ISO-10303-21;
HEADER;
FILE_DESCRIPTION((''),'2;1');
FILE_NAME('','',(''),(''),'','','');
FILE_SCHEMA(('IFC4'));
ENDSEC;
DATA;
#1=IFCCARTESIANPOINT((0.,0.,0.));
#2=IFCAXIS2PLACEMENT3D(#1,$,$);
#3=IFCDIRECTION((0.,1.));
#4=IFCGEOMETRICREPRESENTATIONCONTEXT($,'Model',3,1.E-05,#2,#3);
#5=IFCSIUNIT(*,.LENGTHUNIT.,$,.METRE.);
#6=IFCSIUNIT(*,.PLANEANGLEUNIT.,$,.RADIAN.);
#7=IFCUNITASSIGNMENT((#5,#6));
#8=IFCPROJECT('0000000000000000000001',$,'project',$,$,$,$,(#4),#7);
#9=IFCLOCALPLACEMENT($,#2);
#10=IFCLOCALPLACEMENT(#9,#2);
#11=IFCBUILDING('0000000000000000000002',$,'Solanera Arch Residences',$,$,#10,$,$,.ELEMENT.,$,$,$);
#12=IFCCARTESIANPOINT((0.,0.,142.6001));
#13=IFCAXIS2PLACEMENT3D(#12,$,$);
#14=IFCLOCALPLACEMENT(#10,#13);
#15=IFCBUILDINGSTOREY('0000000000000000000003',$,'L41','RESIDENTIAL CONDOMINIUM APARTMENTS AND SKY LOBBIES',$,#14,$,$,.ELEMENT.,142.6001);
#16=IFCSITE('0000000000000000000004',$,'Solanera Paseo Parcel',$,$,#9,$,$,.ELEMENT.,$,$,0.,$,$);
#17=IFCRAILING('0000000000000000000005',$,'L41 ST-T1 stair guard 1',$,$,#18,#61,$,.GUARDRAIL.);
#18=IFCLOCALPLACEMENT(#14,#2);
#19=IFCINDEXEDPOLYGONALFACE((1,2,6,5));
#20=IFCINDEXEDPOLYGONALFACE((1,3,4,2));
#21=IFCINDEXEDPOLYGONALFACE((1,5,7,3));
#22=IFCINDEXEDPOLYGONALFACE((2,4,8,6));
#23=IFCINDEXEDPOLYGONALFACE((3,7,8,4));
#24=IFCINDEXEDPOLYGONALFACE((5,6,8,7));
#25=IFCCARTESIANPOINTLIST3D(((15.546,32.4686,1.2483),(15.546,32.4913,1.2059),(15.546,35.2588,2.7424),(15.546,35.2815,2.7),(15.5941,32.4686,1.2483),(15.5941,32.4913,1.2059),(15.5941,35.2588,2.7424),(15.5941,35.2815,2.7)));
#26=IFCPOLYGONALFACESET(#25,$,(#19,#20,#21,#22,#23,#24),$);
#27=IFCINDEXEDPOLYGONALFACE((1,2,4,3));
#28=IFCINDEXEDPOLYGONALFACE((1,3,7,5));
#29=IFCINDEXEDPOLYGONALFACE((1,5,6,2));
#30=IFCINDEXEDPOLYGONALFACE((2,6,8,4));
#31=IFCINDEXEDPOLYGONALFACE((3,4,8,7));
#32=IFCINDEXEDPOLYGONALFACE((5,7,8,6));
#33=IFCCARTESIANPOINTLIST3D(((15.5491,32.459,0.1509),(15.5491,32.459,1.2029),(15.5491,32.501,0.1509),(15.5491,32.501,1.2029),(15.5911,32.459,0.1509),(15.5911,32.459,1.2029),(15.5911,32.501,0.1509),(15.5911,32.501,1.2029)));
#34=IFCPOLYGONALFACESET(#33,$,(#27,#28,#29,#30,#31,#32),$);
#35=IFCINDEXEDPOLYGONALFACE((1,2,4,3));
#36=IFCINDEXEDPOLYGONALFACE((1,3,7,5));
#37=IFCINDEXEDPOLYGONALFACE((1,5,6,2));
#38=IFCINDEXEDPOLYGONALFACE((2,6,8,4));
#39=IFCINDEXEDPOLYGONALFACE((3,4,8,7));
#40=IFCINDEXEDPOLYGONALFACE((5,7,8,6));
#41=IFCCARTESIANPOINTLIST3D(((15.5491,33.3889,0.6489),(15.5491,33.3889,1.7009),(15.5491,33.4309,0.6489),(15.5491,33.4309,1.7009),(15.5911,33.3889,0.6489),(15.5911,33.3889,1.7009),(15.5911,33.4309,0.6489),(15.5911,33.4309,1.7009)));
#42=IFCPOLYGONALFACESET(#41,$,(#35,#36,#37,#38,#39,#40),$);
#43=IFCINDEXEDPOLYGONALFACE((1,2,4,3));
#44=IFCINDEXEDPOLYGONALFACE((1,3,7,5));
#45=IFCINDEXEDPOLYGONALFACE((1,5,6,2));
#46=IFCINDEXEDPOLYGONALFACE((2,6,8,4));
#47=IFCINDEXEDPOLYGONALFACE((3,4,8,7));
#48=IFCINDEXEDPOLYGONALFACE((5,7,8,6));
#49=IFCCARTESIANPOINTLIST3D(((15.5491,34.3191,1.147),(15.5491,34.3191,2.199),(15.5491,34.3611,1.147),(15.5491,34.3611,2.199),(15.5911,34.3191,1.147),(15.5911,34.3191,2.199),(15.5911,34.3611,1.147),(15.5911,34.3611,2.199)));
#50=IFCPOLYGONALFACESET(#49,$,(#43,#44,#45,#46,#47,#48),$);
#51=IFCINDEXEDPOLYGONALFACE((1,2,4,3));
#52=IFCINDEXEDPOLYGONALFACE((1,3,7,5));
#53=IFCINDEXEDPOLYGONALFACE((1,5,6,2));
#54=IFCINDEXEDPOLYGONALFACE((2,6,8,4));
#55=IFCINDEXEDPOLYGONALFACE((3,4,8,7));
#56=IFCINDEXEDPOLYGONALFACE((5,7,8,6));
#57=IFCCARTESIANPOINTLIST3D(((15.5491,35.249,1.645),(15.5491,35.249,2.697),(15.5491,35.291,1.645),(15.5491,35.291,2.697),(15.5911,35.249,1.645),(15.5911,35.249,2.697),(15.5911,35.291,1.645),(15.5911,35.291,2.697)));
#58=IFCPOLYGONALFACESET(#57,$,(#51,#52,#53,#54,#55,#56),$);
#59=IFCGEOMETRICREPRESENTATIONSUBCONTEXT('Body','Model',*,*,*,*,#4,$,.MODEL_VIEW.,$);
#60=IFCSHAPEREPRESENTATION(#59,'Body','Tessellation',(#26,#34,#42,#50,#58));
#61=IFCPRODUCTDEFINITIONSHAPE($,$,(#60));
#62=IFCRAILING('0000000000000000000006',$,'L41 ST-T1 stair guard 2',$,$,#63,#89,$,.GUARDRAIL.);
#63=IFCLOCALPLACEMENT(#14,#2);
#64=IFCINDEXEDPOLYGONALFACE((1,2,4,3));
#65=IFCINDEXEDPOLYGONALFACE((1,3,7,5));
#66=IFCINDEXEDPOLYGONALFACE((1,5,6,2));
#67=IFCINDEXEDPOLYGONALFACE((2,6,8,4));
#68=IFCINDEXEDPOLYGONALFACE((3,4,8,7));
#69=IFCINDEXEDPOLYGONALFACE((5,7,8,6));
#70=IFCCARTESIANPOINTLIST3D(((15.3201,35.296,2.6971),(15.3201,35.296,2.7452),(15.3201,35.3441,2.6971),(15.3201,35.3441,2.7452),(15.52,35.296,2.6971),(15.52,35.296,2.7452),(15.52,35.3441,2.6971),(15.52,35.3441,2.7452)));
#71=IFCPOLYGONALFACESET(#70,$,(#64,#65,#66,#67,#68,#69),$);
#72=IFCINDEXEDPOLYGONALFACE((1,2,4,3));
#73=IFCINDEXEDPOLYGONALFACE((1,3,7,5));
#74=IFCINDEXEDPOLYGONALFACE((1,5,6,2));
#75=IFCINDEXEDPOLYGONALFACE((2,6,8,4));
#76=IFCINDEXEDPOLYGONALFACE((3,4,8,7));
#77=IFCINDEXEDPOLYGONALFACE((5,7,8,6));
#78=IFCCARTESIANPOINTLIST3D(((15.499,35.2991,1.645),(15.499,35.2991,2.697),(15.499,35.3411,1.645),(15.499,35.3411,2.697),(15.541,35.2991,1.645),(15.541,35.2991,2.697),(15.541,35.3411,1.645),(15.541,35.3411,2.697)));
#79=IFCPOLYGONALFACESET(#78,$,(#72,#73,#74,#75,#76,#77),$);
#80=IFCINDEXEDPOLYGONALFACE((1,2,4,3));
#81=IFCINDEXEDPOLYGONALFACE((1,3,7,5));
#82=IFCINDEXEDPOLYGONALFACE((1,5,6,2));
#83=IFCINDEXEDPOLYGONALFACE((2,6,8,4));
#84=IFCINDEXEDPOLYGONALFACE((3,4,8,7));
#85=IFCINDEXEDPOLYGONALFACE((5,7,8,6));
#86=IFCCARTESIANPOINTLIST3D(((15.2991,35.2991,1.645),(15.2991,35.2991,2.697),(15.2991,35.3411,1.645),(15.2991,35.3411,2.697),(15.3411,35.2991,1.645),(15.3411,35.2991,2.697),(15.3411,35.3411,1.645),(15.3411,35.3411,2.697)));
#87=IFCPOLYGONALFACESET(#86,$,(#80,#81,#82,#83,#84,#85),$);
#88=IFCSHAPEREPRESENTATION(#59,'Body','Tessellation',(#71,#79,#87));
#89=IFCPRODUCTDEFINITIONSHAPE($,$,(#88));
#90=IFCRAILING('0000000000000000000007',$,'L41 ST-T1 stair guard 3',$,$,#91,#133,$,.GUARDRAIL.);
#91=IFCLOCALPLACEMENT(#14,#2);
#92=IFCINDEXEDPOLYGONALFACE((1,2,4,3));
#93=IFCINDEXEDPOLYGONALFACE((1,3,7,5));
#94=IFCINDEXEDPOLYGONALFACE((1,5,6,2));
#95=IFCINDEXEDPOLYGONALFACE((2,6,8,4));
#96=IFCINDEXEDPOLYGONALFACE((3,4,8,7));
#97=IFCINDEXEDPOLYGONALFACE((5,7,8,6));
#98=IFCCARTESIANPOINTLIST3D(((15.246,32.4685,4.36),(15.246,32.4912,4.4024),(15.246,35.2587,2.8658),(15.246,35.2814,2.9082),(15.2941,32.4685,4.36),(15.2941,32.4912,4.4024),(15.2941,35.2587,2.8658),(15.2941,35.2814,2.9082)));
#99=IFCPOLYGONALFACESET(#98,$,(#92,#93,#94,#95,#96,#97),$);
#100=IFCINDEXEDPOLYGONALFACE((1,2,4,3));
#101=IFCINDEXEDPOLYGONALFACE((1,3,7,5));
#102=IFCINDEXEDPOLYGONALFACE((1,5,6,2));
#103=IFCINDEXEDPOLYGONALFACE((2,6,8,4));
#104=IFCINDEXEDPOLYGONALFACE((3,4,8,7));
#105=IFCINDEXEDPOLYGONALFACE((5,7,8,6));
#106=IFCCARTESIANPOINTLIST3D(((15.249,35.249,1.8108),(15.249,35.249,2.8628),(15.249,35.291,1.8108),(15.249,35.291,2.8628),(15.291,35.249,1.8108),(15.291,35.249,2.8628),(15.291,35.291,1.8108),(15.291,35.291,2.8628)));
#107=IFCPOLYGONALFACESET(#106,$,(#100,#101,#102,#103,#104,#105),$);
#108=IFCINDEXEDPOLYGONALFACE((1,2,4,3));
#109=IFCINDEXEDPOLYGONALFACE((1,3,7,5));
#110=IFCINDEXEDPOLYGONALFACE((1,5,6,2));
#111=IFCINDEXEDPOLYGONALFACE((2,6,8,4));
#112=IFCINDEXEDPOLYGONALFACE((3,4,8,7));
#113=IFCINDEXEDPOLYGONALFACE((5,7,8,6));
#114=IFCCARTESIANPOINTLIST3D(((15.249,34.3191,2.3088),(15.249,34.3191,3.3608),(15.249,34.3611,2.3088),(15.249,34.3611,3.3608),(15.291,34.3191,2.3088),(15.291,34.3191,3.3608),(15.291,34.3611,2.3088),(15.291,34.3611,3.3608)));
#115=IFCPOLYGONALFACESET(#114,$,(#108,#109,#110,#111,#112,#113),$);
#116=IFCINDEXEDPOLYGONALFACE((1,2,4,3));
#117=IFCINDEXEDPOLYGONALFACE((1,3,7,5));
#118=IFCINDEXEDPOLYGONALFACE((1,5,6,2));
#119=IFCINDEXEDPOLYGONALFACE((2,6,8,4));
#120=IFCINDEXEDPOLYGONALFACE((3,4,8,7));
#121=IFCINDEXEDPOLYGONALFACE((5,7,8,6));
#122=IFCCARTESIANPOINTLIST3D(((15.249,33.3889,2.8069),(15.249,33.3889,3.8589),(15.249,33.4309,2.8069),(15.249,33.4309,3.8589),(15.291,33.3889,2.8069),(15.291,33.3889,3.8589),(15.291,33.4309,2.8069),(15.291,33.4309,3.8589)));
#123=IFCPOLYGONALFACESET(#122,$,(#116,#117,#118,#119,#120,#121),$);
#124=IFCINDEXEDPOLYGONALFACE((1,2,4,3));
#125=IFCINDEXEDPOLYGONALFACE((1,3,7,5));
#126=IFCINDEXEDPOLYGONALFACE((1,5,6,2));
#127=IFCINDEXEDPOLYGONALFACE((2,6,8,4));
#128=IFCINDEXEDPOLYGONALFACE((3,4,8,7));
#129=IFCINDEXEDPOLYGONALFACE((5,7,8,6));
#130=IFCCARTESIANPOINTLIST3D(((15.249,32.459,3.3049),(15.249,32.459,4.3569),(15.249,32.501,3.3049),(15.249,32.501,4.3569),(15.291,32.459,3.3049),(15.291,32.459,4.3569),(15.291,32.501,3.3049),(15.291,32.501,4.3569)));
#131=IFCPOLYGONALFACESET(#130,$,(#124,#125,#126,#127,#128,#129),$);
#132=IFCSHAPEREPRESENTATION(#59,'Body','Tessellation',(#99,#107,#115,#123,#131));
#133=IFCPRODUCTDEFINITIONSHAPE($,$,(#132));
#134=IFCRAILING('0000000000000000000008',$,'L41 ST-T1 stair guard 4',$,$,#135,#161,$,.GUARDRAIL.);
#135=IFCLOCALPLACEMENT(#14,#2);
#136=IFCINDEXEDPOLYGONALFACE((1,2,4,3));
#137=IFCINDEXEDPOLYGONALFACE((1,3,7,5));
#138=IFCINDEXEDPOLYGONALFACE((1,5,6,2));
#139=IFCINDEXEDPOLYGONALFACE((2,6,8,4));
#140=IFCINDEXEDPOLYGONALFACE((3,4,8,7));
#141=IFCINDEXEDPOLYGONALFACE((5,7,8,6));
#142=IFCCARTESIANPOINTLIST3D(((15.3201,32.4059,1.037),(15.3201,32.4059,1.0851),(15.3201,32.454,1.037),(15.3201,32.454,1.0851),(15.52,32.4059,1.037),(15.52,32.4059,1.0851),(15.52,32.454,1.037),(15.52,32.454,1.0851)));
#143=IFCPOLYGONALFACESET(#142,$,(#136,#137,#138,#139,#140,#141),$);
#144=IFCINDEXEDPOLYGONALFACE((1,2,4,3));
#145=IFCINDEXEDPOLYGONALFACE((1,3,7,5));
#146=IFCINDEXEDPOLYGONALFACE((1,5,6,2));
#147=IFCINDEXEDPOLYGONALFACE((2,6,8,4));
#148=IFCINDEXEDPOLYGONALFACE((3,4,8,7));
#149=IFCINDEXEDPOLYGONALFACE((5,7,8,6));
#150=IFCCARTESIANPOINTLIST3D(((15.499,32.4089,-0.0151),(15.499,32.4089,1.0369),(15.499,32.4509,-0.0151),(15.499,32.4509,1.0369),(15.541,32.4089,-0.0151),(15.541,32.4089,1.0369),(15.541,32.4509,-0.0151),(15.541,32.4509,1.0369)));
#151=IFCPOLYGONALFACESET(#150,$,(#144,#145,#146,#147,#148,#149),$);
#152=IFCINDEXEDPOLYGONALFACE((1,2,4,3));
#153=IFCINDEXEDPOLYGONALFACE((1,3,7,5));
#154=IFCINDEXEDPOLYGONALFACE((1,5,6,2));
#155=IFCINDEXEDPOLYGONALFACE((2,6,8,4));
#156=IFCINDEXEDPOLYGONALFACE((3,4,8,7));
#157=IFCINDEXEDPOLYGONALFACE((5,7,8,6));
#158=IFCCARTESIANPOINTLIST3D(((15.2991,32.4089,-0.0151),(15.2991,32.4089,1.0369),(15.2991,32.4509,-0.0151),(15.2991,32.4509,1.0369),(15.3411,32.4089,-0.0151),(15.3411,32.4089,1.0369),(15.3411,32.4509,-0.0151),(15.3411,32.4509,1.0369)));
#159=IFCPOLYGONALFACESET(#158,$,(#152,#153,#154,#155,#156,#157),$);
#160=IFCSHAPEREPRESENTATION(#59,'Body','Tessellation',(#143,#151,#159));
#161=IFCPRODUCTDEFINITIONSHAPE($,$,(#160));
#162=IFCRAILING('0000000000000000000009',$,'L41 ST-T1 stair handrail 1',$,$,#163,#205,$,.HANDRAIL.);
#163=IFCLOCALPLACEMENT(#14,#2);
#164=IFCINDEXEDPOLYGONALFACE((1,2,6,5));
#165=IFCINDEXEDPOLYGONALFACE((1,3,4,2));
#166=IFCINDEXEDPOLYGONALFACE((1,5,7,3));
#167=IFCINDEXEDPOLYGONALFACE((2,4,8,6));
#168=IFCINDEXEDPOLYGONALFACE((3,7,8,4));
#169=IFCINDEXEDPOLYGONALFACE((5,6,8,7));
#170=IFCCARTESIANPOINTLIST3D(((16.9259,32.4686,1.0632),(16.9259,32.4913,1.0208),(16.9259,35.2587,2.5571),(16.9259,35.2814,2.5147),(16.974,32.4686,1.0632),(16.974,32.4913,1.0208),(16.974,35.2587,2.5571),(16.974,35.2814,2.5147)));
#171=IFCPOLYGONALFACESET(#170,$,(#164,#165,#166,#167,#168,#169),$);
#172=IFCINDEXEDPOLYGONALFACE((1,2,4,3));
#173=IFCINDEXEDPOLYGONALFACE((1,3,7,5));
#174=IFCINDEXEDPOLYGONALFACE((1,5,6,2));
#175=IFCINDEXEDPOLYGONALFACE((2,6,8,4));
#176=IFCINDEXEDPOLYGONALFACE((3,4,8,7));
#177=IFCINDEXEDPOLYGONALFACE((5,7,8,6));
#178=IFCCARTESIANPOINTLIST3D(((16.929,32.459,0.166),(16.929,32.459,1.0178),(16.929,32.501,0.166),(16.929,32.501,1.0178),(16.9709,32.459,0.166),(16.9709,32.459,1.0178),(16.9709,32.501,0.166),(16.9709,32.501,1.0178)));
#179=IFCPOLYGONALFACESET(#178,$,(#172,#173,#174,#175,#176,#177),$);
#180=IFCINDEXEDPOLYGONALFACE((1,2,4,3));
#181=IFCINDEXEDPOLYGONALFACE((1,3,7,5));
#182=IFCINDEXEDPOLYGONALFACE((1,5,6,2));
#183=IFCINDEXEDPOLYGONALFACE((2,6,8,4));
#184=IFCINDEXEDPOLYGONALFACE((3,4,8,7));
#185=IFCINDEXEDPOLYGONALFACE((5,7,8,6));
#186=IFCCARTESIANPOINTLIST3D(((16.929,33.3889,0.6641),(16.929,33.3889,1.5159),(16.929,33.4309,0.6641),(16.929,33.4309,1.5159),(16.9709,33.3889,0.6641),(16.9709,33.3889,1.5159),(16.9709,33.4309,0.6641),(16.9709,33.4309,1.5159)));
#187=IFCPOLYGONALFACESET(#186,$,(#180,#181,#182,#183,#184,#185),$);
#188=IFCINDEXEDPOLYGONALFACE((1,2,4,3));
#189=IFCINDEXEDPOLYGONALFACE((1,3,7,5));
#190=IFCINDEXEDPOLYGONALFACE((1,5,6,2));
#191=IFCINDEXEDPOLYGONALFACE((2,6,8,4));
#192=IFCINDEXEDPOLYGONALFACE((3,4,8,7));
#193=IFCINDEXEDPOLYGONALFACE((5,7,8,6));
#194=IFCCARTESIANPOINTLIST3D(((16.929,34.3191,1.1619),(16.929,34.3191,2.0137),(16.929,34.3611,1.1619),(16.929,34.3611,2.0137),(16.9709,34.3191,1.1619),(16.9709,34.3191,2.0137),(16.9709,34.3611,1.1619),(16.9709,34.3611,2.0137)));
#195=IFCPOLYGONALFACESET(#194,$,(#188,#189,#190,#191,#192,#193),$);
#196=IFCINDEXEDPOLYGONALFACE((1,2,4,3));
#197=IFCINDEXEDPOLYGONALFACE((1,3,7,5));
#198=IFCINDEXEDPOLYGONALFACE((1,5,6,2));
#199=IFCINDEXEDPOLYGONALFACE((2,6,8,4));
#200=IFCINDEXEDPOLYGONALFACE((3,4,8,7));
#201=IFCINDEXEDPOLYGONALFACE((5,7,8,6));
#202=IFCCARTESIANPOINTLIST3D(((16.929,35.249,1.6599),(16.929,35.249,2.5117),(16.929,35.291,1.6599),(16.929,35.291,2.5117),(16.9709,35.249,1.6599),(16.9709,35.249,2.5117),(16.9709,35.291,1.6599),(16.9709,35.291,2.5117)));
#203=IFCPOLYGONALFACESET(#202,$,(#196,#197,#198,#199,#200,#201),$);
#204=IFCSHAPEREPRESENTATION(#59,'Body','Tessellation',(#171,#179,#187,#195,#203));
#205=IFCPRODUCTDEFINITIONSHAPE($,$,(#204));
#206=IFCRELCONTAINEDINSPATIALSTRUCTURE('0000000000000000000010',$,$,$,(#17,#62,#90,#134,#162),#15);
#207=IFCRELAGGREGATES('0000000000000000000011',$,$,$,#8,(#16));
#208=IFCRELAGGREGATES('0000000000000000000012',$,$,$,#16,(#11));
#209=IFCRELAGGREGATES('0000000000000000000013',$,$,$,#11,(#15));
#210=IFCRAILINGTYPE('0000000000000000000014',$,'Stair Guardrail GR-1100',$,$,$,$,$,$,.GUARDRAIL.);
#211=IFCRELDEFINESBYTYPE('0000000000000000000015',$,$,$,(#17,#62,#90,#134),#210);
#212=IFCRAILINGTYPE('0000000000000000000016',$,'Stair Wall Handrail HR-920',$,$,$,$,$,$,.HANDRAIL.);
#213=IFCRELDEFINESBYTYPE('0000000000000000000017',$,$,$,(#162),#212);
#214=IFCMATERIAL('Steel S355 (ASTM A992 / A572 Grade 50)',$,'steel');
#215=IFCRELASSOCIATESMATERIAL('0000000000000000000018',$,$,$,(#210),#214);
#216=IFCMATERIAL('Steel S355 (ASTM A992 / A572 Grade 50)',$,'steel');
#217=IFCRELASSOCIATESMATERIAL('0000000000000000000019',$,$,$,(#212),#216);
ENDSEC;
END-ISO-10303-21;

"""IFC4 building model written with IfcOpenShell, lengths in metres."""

from ifc_helpers import new_model, si_unit, direction, frame, origin, origin_2d, place, context, subcontext, project, spatial, rectangle, extrude, material, type_object, element, save


model = new_model("IFC4")

# Units and contexts
model_context = context("Model", 3, precision=1e-05, world=origin(), true_north=direction((0.0, 1.0)))
body_context = subcontext(model_context, "Body", "Model", "MODEL_VIEW")
ifc_project = project(units=[si_unit("LENGTHUNIT", "METRE"), si_unit("PLANEANGLEUNIT", "RADIAN")], contexts=[model_context])

# Site, building, storey
site_placement = place(None, origin())
site = spatial("IfcSite", under=ifc_project, at=site_placement, Name="Solanera Paseo Parcel", CompositionType="ELEMENT", RefElevation=0.0)
building_placement = place(site_placement, origin())
building = spatial("IfcBuilding", under=site, at=building_placement, Name="Solanera Arch Residences", CompositionType="ELEMENT")
storey_placement = place(building_placement, frame((0.0, 0.0, 142.6001)))
storey = spatial("IfcBuildingStorey", under=building, at=storey_placement, Name="L41", Description="RESIDENTIAL CONDOMINIUM APARTMENTS AND SKY LOBBIES", CompositionType="ELEMENT", Elevation=142.6001)

# Railings
ifc_material_1 = material(Name="Steel S355 (ASTM A992 / A572 Grade 50)", Category="steel")
railing_type_1 = type_object("IfcRailingType", Name="Stair Guardrail GR-1100", PredefinedType="GUARDRAIL", material=ifc_material_1)
railing_1_placement = place(storey_placement, frame((15.5701, 32.48, 0.1509)))
element("IfcRailing", 1, at=railing_1_placement, inside=storey, type_object=railing_type_1, Name="L41 ST-T1 stair guard 1", PredefinedType="GUARDRAIL", context=body_context, shape_type="SweptSolid", body=[
    extrude(rectangle(XDim=0.0481, YDim=0.0481, at=origin_2d()), frame((0.0, 0.0, 1.0762), z_axis=(0.0, 0.881549, 0.472093), x_axis=(-1.0, 0.0, 0.0)), (0.0, 0.0, 1.0), 3.165),
    extrude(rectangle(XDim=0.042, YDim=0.042, at=origin_2d()), origin(), (0.0, 0.0, 1.0), 1.052),
    extrude(rectangle(XDim=0.042, YDim=0.042, at=origin_2d()), frame((0.0, 0.9299, 0.498)), (0.0, 0.0, 1.0), 1.052),
    extrude(rectangle(XDim=0.042, YDim=0.042, at=origin_2d()), frame((0.0, 1.8601, 0.9961)), (0.0, 0.0, 1.0), 1.052),
    extrude(rectangle(XDim=0.042, YDim=0.042, at=origin_2d()), frame((0.0, 2.79, 1.4941)), (0.0, 0.0, 1.0), 1.052),
])
railing_2_placement = place(storey_placement, frame((15.52, 35.3201, 1.645)))
element("IfcRailing", 2, at=railing_2_placement, inside=storey, type_object=railing_type_1, Name="L41 ST-T1 stair guard 2", PredefinedType="GUARDRAIL", context=body_context, shape_type="SweptSolid", body=[
    extrude(rectangle(XDim=0.0481, YDim=0.0481, at=origin_2d()), frame((0.0, 0.0, 1.0762), z_axis=(-1.0, 0.0, 0.0), x_axis=(0.0, -1.0, 0.0)), (0.0, 0.0, 1.0), 0.2),
    extrude(rectangle(XDim=0.042, YDim=0.042, at=origin_2d()), origin(), (0.0, 0.0, 1.0), 1.052),
    extrude(rectangle(XDim=0.042, YDim=0.042, at=origin_2d()), frame((-0.2, 0.0, 0.0)), (0.0, 0.0, 1.0), 1.052),
])
railing_3_placement = place(storey_placement, frame((15.27, 35.27, 1.8108)))
element("IfcRailing", 3, at=railing_3_placement, inside=storey, type_object=railing_type_1, Name="L41 ST-T1 stair guard 3", PredefinedType="GUARDRAIL", context=body_context, shape_type="SweptSolid", body=[
    extrude(rectangle(XDim=0.0481, YDim=0.0481, at=origin_2d()), frame((0.0, 0.0, 1.0762), z_axis=(0.0, -0.881549, 0.472093), x_axis=(1.0, 0.0, 0.0)), (0.0, 0.0, 1.0), 3.165),
    extrude(rectangle(XDim=0.042, YDim=0.042, at=origin_2d()), origin(), (0.0, 0.0, 1.0), 1.052),
    extrude(rectangle(XDim=0.042, YDim=0.042, at=origin_2d()), frame((0.0, -0.9299, 0.498)), (0.0, 0.0, 1.0), 1.052),
    extrude(rectangle(XDim=0.042, YDim=0.042, at=origin_2d()), frame((0.0, -1.8601, 0.9961)), (0.0, 0.0, 1.0), 1.052),
    extrude(rectangle(XDim=0.042, YDim=0.042, at=origin_2d()), frame((0.0, -2.79, 1.4941)), (0.0, 0.0, 1.0), 1.052),
])
railing_4_placement = place(storey_placement, frame((15.52, 32.4299, -0.0151)))
element("IfcRailing", 4, at=railing_4_placement, inside=storey, type_object=railing_type_1, Name="L41 ST-T1 stair guard 4", PredefinedType="GUARDRAIL", context=body_context, shape_type="SweptSolid", body=[
    extrude(rectangle(XDim=0.0481, YDim=0.0481, at=origin_2d()), frame((0.0, 0.0, 1.0762), z_axis=(-1.0, 0.0, 0.0), x_axis=(0.0, -1.0, 0.0)), (0.0, 0.0, 1.0), 0.2),
    extrude(rectangle(XDim=0.042, YDim=0.042, at=origin_2d()), origin(), (0.0, 0.0, 1.0), 1.052),
    extrude(rectangle(XDim=0.042, YDim=0.042, at=origin_2d()), frame((-0.2, 0.0, 0.0)), (0.0, 0.0, 1.0), 1.052),
])
ifc_material_2 = material(Name="Steel S355 (ASTM A992 / A572 Grade 50)", Category="steel")
railing_type_2 = type_object("IfcRailingType", Name="Stair Wall Handrail HR-920", PredefinedType="HANDRAIL", material=ifc_material_2)
railing_5_placement = place(storey_placement, frame((16.95, 32.48, 0.166)))
element("IfcRailing", 5, at=railing_5_placement, inside=storey, type_object=railing_type_2, Name="L41 ST-T1 stair handrail 1", PredefinedType="HANDRAIL", context=body_context, shape_type="SweptSolid", body=[
    extrude(rectangle(XDim=0.0481, YDim=0.0481, at=origin_2d()), frame((0.0, 0.0, 0.876), z_axis=(0.0, 0.881581, 0.472033), x_axis=(-1.0, 0.0, 0.0)), (0.0, 0.0, 1.0), 3.1648),
    extrude(rectangle(XDim=0.042, YDim=0.042, at=origin_2d()), origin(), (0.0, 0.0, 1.0), 0.8518),
    extrude(rectangle(XDim=0.042, YDim=0.042, at=origin_2d()), frame((0.0, 0.9299, 0.498)), (0.0, 0.0, 1.0), 0.8518),
    extrude(rectangle(XDim=0.042, YDim=0.042, at=origin_2d()), frame((0.0, 1.8601, 0.9958)), (0.0, 0.0, 1.0), 0.8518),
    extrude(rectangle(XDim=0.042, YDim=0.042, at=origin_2d()), frame((0.0, 2.79, 1.4939)), (0.0, 0.0, 1.0), 0.8518),
])

save(model, "model.ifc")
